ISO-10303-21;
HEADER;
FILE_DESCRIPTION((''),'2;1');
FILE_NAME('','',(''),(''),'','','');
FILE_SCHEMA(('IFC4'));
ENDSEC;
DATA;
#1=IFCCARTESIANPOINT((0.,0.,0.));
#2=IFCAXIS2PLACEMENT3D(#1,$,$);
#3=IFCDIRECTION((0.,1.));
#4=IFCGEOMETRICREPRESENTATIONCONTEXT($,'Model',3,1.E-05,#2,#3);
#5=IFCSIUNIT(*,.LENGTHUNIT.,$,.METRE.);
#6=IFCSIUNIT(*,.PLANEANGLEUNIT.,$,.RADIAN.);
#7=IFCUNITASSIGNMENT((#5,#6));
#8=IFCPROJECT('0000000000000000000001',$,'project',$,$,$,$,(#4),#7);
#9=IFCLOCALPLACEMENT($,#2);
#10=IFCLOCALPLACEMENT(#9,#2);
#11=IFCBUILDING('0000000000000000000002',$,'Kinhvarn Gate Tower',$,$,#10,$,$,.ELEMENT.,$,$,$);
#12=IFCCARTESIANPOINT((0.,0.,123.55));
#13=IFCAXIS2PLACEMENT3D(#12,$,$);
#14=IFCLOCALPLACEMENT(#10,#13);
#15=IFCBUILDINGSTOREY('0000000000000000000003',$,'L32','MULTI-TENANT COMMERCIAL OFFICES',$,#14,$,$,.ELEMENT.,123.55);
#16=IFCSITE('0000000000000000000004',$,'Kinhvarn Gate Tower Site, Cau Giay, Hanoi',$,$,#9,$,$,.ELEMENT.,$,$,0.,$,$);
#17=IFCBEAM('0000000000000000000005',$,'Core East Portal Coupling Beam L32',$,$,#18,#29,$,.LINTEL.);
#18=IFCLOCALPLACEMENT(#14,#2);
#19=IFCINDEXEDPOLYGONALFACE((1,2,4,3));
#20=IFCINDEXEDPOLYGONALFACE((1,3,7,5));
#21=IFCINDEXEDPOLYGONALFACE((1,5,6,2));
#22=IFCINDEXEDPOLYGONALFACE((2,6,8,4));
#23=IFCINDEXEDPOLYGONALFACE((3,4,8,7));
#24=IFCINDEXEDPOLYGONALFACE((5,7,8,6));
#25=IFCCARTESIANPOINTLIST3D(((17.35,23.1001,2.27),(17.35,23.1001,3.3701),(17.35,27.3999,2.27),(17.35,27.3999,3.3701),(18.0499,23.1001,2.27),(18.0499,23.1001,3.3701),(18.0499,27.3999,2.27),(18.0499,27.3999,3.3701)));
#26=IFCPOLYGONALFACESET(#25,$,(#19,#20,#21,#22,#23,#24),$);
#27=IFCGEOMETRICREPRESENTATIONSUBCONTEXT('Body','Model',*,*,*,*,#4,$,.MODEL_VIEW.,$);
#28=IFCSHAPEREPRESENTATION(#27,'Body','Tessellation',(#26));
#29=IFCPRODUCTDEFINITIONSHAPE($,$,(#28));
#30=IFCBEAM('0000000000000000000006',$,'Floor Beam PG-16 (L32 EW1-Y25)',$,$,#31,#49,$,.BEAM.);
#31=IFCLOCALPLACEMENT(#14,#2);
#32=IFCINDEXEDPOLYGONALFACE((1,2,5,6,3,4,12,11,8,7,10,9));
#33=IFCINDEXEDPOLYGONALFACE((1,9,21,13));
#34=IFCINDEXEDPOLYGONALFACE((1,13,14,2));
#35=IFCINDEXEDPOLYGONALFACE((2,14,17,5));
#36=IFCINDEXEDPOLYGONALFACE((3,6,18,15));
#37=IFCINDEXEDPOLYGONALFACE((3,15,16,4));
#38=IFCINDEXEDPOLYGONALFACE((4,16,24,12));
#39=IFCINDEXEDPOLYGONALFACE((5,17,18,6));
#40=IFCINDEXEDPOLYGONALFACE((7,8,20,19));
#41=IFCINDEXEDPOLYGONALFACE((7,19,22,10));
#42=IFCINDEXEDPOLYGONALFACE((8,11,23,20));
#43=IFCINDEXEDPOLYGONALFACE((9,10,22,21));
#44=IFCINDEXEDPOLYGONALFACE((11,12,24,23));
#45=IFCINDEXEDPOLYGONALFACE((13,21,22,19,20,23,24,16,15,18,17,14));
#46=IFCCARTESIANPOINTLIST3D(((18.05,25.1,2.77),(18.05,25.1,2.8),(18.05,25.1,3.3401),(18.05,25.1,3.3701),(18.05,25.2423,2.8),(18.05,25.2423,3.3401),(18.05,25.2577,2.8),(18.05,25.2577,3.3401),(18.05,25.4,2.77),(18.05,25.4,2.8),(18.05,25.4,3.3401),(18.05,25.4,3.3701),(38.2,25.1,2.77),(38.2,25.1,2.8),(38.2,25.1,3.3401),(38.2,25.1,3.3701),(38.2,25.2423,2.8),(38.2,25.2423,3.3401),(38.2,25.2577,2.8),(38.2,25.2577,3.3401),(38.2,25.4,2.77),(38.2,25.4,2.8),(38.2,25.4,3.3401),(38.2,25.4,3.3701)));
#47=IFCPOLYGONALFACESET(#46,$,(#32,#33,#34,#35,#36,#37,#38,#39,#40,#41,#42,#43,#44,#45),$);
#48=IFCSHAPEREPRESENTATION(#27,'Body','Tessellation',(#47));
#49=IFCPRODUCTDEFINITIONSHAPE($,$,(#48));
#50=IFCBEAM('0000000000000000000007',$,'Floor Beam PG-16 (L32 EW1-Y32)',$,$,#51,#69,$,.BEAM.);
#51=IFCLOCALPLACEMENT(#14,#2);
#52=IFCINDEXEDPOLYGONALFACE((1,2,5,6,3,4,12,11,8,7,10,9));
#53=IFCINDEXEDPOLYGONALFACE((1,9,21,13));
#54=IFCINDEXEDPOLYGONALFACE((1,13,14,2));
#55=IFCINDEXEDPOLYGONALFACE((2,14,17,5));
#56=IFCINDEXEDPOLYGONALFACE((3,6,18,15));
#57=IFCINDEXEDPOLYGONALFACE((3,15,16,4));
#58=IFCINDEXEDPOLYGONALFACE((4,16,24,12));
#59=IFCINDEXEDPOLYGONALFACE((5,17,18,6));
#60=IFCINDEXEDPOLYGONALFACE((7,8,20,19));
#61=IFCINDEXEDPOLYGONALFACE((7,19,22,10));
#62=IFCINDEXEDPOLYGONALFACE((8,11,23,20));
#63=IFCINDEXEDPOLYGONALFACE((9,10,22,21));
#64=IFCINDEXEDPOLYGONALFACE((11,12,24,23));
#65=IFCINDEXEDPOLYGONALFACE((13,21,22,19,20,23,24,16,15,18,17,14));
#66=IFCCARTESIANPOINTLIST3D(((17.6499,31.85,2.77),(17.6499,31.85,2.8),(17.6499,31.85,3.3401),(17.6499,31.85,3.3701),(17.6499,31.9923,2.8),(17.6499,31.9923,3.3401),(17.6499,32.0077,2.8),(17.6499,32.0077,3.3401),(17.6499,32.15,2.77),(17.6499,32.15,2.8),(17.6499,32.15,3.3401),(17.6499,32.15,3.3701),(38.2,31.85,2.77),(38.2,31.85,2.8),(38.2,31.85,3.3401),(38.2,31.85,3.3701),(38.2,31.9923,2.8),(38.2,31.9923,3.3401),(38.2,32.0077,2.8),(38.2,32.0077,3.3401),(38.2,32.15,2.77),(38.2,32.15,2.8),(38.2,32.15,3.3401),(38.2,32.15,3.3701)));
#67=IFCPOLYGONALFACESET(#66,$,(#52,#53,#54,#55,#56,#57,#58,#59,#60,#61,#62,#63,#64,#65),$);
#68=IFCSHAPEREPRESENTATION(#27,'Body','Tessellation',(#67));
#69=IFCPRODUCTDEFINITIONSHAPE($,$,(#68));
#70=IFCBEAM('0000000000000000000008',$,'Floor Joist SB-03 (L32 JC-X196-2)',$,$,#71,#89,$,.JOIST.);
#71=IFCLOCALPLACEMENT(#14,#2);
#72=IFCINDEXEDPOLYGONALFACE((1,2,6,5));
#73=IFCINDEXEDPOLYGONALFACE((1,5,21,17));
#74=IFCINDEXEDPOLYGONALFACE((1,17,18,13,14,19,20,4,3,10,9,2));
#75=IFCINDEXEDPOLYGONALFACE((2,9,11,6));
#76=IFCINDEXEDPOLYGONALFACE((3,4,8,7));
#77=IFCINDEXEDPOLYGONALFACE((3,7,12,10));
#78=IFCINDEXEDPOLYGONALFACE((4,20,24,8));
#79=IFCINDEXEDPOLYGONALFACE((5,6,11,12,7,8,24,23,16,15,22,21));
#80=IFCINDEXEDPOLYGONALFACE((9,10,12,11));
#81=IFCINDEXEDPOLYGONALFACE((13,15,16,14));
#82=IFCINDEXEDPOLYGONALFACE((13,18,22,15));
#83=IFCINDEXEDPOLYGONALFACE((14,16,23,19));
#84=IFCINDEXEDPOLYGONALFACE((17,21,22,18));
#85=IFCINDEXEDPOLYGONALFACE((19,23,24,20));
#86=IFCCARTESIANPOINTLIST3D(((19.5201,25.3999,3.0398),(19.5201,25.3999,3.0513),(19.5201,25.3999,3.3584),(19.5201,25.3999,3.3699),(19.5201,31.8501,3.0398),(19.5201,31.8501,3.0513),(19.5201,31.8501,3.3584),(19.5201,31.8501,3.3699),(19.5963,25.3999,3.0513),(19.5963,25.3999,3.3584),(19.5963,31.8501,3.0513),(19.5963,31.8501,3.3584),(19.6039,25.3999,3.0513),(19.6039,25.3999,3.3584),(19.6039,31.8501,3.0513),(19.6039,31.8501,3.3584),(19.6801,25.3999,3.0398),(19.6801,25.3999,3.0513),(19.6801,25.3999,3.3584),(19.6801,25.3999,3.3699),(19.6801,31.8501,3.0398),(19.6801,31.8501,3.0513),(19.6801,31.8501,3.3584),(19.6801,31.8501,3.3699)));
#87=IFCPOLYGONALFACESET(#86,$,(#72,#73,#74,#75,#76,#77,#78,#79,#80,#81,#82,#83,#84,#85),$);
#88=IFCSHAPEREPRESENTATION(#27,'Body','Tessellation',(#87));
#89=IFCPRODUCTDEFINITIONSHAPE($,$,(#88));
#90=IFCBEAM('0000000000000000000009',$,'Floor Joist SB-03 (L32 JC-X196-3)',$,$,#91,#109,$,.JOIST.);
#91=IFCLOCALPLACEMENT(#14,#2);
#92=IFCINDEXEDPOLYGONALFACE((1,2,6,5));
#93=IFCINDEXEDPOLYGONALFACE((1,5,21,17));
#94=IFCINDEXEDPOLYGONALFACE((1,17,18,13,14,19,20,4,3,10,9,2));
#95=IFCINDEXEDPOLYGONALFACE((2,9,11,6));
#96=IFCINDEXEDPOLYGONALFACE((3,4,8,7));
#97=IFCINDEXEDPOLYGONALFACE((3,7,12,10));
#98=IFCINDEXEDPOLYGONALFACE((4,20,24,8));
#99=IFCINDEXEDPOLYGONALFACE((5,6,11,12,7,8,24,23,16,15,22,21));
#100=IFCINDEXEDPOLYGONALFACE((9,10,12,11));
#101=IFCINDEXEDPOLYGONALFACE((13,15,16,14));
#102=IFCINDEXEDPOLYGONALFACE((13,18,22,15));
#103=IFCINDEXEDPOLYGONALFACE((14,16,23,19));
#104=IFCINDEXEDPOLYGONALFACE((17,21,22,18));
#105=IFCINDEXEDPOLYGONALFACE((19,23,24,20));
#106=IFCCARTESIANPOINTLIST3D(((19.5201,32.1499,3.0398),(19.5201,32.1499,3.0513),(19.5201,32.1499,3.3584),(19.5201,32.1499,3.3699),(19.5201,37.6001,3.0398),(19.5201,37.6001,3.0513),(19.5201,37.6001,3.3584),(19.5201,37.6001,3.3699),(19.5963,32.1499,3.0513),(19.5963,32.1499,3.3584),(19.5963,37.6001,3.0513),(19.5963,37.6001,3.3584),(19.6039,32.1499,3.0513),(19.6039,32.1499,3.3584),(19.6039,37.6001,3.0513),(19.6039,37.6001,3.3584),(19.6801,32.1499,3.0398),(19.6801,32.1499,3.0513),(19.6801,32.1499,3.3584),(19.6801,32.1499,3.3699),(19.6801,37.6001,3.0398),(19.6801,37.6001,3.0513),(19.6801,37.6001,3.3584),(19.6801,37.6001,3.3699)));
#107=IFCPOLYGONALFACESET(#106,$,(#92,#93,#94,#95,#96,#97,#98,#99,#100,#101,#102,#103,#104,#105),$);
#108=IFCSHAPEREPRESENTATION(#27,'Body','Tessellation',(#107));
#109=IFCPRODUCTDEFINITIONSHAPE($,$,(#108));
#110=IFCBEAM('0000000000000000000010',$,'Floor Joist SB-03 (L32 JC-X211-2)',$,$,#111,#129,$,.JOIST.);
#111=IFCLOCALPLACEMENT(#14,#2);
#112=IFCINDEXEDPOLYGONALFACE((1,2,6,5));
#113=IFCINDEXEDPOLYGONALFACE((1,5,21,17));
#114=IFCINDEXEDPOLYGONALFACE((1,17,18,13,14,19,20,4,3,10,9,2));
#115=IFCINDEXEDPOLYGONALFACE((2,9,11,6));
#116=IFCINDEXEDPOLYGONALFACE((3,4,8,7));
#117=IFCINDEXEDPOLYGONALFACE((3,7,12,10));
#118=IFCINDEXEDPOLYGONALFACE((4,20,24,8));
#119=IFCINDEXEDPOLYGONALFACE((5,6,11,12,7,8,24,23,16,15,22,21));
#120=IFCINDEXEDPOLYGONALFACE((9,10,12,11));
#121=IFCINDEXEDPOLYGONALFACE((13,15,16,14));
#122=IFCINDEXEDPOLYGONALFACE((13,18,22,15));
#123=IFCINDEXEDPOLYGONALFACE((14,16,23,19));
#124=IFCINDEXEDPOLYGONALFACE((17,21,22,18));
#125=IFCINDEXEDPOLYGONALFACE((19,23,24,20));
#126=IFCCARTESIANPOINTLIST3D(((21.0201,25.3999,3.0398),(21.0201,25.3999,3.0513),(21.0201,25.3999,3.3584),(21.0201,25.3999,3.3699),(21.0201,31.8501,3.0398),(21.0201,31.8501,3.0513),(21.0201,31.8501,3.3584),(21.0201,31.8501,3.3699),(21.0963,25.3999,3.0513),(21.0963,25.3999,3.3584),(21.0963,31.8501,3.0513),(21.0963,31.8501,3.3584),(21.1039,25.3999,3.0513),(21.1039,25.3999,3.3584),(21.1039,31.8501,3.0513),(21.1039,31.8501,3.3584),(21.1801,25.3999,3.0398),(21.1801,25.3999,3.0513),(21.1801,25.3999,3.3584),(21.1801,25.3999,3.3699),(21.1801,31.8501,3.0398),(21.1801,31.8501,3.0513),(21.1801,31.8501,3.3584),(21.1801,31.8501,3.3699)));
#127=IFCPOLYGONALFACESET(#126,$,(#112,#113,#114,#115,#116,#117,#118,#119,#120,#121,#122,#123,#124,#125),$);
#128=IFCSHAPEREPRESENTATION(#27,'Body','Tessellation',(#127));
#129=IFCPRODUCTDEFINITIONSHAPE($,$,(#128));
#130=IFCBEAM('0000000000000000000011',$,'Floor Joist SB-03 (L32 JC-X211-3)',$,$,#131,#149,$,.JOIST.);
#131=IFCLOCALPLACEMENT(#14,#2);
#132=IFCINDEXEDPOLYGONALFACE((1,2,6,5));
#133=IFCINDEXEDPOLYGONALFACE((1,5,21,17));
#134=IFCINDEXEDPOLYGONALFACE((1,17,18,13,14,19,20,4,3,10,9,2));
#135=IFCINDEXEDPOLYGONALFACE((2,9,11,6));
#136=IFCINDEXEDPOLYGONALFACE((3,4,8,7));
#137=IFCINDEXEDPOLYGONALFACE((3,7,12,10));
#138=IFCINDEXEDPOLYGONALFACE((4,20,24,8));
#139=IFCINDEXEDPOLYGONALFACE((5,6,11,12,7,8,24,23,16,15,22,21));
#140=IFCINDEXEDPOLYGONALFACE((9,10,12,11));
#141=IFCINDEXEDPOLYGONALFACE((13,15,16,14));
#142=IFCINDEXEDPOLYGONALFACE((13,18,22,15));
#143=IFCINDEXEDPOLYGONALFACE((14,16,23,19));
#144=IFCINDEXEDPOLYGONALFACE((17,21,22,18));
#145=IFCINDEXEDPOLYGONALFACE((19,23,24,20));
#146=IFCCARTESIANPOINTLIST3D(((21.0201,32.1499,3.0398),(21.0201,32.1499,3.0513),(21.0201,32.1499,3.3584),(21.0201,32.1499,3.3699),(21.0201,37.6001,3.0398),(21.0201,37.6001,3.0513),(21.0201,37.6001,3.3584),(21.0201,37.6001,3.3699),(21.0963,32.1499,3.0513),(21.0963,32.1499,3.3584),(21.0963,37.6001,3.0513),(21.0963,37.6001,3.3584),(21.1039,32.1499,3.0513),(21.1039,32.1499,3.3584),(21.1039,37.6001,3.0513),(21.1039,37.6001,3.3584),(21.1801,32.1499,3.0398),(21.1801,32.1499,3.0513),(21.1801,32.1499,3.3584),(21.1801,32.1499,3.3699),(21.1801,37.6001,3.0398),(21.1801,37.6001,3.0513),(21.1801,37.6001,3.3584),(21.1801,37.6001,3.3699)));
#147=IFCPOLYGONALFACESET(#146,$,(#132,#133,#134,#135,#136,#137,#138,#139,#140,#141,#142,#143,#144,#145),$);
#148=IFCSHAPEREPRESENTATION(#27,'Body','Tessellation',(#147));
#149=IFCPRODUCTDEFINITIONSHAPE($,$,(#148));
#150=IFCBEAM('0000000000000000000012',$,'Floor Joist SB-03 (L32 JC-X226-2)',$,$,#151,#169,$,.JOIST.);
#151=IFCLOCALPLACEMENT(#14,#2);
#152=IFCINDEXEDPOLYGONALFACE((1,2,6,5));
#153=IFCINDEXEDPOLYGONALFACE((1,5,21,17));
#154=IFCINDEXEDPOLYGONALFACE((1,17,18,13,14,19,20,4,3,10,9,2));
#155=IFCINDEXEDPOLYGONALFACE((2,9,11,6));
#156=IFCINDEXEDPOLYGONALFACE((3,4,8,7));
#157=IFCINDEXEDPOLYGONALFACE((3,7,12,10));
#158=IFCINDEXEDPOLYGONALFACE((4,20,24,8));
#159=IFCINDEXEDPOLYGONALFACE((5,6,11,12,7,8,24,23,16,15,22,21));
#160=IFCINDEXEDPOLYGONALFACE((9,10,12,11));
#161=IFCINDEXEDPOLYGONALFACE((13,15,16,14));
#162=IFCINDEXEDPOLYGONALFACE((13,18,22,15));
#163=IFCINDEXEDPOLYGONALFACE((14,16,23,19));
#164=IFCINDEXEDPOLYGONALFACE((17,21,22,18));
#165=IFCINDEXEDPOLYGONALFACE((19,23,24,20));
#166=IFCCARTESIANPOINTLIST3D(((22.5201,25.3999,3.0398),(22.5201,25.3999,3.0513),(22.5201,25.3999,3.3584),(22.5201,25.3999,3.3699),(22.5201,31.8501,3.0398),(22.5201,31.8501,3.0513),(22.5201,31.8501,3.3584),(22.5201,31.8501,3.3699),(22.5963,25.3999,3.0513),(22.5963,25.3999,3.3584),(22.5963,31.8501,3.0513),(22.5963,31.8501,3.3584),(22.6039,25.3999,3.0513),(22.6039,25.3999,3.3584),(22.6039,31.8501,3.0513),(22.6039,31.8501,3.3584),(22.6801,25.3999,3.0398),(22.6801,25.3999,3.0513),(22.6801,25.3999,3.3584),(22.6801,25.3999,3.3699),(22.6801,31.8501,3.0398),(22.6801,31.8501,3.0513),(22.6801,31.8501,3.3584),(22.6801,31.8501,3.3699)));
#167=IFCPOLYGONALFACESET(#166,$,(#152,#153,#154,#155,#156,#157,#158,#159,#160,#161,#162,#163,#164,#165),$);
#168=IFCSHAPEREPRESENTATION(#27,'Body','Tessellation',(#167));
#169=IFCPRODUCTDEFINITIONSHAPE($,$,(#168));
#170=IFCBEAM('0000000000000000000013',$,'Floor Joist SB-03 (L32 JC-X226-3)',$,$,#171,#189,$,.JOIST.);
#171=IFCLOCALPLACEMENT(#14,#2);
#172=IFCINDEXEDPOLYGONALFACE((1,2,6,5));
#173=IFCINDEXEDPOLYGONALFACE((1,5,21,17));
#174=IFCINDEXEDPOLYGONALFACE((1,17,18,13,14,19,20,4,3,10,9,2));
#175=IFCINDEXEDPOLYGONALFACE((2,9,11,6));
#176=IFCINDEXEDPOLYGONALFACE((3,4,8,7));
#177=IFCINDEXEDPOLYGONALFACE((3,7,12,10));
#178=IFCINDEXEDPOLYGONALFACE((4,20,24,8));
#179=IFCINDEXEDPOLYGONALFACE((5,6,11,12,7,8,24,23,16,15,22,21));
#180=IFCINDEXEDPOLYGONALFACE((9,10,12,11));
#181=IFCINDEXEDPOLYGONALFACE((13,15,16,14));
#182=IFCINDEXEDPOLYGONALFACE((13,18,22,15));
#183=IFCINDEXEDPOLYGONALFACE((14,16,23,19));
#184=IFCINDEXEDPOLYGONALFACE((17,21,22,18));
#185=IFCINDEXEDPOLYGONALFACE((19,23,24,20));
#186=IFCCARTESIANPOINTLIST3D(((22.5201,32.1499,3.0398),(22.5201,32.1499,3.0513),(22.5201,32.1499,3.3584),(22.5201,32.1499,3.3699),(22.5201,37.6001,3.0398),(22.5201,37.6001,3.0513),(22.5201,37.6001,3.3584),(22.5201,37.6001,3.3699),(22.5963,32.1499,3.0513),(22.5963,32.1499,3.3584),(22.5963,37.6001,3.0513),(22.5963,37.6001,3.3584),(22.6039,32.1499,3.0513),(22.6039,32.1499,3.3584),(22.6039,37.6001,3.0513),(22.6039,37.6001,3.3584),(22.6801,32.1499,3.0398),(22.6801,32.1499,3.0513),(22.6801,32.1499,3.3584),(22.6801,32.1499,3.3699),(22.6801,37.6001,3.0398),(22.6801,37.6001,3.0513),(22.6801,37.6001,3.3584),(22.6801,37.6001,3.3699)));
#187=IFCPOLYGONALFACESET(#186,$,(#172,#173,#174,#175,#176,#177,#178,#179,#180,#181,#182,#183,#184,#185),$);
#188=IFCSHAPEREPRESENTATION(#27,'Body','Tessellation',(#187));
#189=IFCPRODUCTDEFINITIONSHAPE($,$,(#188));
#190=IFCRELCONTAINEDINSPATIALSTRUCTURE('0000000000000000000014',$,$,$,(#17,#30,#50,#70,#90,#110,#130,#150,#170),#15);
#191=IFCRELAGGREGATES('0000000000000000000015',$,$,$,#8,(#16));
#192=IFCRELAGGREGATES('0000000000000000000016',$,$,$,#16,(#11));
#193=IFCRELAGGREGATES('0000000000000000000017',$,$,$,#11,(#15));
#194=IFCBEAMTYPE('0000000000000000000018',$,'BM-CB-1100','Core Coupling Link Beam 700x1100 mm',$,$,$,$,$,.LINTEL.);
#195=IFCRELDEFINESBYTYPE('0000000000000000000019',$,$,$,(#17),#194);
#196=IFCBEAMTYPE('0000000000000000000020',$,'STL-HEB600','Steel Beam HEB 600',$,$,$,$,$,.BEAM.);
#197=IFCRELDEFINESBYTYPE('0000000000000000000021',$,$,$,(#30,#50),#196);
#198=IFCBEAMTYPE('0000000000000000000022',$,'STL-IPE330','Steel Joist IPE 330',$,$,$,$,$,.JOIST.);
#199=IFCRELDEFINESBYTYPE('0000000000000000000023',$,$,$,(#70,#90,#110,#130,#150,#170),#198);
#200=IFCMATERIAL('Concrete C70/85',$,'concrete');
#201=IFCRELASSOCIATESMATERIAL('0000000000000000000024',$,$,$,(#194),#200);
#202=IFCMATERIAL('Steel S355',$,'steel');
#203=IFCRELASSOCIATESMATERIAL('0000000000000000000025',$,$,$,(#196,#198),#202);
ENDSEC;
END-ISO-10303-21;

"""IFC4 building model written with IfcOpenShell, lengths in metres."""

from ifc_helpers import new_model, si_unit, direction, frame, origin, origin_2d, place, context, subcontext, project, spatial, rectangle, i_section, extrude, material, material_profile, profile_set, type_object, element, save


model = new_model("IFC4")

# Units and contexts
model_context = context("Model", 3, precision=1e-05, world=origin(), true_north=direction((0.0, 1.0)))
body_context = subcontext(model_context, "Body", "Model", "MODEL_VIEW")
ifc_project = project(units=[si_unit("LENGTHUNIT", "METRE"), si_unit("PLANEANGLEUNIT", "RADIAN")], contexts=[model_context])

# Site, building, storey
site_placement = place(None, origin())
site = spatial("IfcSite", under=ifc_project, at=site_placement, Name="Kinhvarn Gate Tower Site, Cau Giay, Hanoi", CompositionType="ELEMENT", RefElevation=0.0)
building_placement = place(site_placement, origin())
building = spatial("IfcBuilding", under=site, at=building_placement, Name="Kinhvarn Gate Tower", CompositionType="ELEMENT")
storey_placement = place(building_placement, frame((0.0, 0.0, 123.55)))
storey = spatial("IfcBuildingStorey", under=building, at=storey_placement, Name="L32", Description="MULTI-TENANT COMMERCIAL OFFICES", CompositionType="ELEMENT", Elevation=123.55)

# Beams
ifc_material_1 = material(Name="Concrete C70/85", Category="concrete")
ifc_material_profile_1 = material_profile(ifc_material_1, rectangle(XDim=0.7, YDim=1.1001, at=origin_2d()), Name="RC 700x1100")
ifc_profile_set_1 = profile_set([ifc_material_profile_1], Name="Concrete C70/85")
beam_type_1 = type_object("IfcBeamType", Name="BM-CB-1100", Description="Core Coupling Link Beam 700x1100 mm", PredefinedType="LINTEL", material=ifc_profile_set_1)
beam_1_placement = place(storey_placement, frame((17.7, 23.1001, 2.8201), z_axis=(0.0, 1.0, 0.0), x_axis=(-1.0, 0.0, 0.0)))
element("IfcBeam", 1, at=beam_1_placement, inside=storey, type_object=beam_type_1, Name="Core East Portal Coupling Beam L32", PredefinedType="LINTEL", context=body_context, shape_type="SweptSolid", body=[
    extrude(rectangle(XDim=0.7, YDim=1.1001, at=origin_2d()), origin(), (0.0, 0.0, 1.0), 4.2998),
])
ifc_material_2 = material(Name="Steel S355", Category="steel")
ifc_material_profile_2 = material_profile(ifc_material_2, i_section(OverallWidth=0.3, OverallDepth=0.6001, WebThickness=0.0154, FlangeThickness=0.03, at=origin_2d()), Name="HEB 600")
ifc_profile_set_2 = profile_set([ifc_material_profile_2], Name="Steel S355")
beam_type_2 = type_object("IfcBeamType", Name="STL-HEB600", Description="Steel Beam HEB 600", PredefinedType="BEAM", material=ifc_profile_set_2)
beam_2_placement = place(storey_placement, frame((18.05, 25.25, 3.0701), z_axis=(1.0, 0.0, 0.0), x_axis=(0.0, 1.0, 0.0)))
element("IfcBeam", 2, at=beam_2_placement, inside=storey, type_object=beam_type_2, Name="Floor Beam PG-16 (L32 EW1-Y25)", PredefinedType="BEAM", context=body_context, shape_type="SweptSolid", body=[
    extrude(i_section(OverallWidth=0.3, OverallDepth=0.6001, WebThickness=0.0154, FlangeThickness=0.03, at=origin_2d()), origin(), (0.0, 0.0, 1.0), 20.1499),
])
beam_3_placement = place(storey_placement, frame((17.6499, 32.0, 3.0701), z_axis=(1.0, 0.0, 0.0), x_axis=(0.0, 1.0, 0.0)))
element("IfcBeam", 3, at=beam_3_placement, inside=storey, type_object=beam_type_2, Name="Floor Beam PG-16 (L32 EW1-Y32)", PredefinedType="BEAM", context=body_context, shape_type="SweptSolid", body=[
    extrude(i_section(OverallWidth=0.3, OverallDepth=0.6001, WebThickness=0.0154, FlangeThickness=0.03, at=origin_2d()), origin(), (0.0, 0.0, 1.0), 20.55),
])
ifc_material_profile_3 = material_profile(ifc_material_2, i_section(OverallWidth=0.1599, OverallDepth=0.3301, WebThickness=0.0076, FlangeThickness=0.0115, at=origin_2d()), Name="IPE 330")
ifc_profile_set_3 = profile_set([ifc_material_profile_3], Name="Steel S355")
beam_type_3 = type_object("IfcBeamType", Name="STL-IPE330", Description="Steel Joist IPE 330", PredefinedType="JOIST", material=ifc_profile_set_3)
beam_4_placement = place(storey_placement, frame((19.6001, 25.3999, 3.2048), z_axis=(0.0, 1.0, 0.0), x_axis=(-1.0, 0.0, 0.0)))
element("IfcBeam", 4, at=beam_4_placement, inside=storey, type_object=beam_type_3, Name="Floor Joist SB-03 (L32 JC-X196-2)", PredefinedType="JOIST", context=body_context, shape_type="SweptSolid", body=[
    extrude(i_section(OverallWidth=0.1599, OverallDepth=0.3301, WebThickness=0.0076, FlangeThickness=0.0115, at=origin_2d()), origin(), (0.0, 0.0, 1.0), 6.4502),
])
beam_5_placement = place(storey_placement, frame((19.6001, 32.1499, 3.2048), z_axis=(0.0, 1.0, 0.0), x_axis=(-1.0, 0.0, 0.0)))
element("IfcBeam", 5, at=beam_5_placement, inside=storey, type_object=beam_type_3, Name="Floor Joist SB-03 (L32 JC-X196-3)", PredefinedType="JOIST", context=body_context, shape_type="SweptSolid", body=[
    extrude(i_section(OverallWidth=0.1599, OverallDepth=0.3301, WebThickness=0.0076, FlangeThickness=0.0115, at=origin_2d()), origin(), (0.0, 0.0, 1.0), 5.4502),
])
beam_6_placement = place(storey_placement, frame((21.1001, 25.3999, 3.2048), z_axis=(0.0, 1.0, 0.0), x_axis=(-1.0, 0.0, 0.0)))
element("IfcBeam", 6, at=beam_6_placement, inside=storey, type_object=beam_type_3, Name="Floor Joist SB-03 (L32 JC-X211-2)", PredefinedType="JOIST", context=body_context, shape_type="SweptSolid", body=[
    extrude(i_section(OverallWidth=0.1599, OverallDepth=0.3301, WebThickness=0.0076, FlangeThickness=0.0115, at=origin_2d()), origin(), (0.0, 0.0, 1.0), 6.4502),
])
beam_7_placement = place(storey_placement, frame((21.1001, 32.1499, 3.2048), z_axis=(0.0, 1.0, 0.0), x_axis=(-1.0, 0.0, 0.0)))
element("IfcBeam", 7, at=beam_7_placement, inside=storey, type_object=beam_type_3, Name="Floor Joist SB-03 (L32 JC-X211-3)", PredefinedType="JOIST", context=body_context, shape_type="SweptSolid", body=[
    extrude(i_section(OverallWidth=0.1599, OverallDepth=0.3301, WebThickness=0.0076, FlangeThickness=0.0115, at=origin_2d()), origin(), (0.0, 0.0, 1.0), 5.4502),
])
beam_8_placement = place(storey_placement, frame((22.6001, 25.3999, 3.2048), z_axis=(0.0, 1.0, 0.0), x_axis=(-1.0, 0.0, 0.0)))
element("IfcBeam", 8, at=beam_8_placement, inside=storey, type_object=beam_type_3, Name="Floor Joist SB-03 (L32 JC-X226-2)", PredefinedType="JOIST", context=body_context, shape_type="SweptSolid", body=[
    extrude(i_section(OverallWidth=0.1599, OverallDepth=0.3301, WebThickness=0.0076, FlangeThickness=0.0115, at=origin_2d()), origin(), (0.0, 0.0, 1.0), 6.4502),
])
beam_9_placement = place(storey_placement, frame((22.6001, 32.1499, 3.2048), z_axis=(0.0, 1.0, 0.0), x_axis=(-1.0, 0.0, 0.0)))
element("IfcBeam", 9, at=beam_9_placement, inside=storey, type_object=beam_type_3, Name="Floor Joist SB-03 (L32 JC-X226-3)", PredefinedType="JOIST", context=body_context, shape_type="SweptSolid", body=[
    extrude(i_section(OverallWidth=0.1599, OverallDepth=0.3301, WebThickness=0.0076, FlangeThickness=0.0115, at=origin_2d()), origin(), (0.0, 0.0, 1.0), 5.4502),
])

save(model, "model.ifc")
